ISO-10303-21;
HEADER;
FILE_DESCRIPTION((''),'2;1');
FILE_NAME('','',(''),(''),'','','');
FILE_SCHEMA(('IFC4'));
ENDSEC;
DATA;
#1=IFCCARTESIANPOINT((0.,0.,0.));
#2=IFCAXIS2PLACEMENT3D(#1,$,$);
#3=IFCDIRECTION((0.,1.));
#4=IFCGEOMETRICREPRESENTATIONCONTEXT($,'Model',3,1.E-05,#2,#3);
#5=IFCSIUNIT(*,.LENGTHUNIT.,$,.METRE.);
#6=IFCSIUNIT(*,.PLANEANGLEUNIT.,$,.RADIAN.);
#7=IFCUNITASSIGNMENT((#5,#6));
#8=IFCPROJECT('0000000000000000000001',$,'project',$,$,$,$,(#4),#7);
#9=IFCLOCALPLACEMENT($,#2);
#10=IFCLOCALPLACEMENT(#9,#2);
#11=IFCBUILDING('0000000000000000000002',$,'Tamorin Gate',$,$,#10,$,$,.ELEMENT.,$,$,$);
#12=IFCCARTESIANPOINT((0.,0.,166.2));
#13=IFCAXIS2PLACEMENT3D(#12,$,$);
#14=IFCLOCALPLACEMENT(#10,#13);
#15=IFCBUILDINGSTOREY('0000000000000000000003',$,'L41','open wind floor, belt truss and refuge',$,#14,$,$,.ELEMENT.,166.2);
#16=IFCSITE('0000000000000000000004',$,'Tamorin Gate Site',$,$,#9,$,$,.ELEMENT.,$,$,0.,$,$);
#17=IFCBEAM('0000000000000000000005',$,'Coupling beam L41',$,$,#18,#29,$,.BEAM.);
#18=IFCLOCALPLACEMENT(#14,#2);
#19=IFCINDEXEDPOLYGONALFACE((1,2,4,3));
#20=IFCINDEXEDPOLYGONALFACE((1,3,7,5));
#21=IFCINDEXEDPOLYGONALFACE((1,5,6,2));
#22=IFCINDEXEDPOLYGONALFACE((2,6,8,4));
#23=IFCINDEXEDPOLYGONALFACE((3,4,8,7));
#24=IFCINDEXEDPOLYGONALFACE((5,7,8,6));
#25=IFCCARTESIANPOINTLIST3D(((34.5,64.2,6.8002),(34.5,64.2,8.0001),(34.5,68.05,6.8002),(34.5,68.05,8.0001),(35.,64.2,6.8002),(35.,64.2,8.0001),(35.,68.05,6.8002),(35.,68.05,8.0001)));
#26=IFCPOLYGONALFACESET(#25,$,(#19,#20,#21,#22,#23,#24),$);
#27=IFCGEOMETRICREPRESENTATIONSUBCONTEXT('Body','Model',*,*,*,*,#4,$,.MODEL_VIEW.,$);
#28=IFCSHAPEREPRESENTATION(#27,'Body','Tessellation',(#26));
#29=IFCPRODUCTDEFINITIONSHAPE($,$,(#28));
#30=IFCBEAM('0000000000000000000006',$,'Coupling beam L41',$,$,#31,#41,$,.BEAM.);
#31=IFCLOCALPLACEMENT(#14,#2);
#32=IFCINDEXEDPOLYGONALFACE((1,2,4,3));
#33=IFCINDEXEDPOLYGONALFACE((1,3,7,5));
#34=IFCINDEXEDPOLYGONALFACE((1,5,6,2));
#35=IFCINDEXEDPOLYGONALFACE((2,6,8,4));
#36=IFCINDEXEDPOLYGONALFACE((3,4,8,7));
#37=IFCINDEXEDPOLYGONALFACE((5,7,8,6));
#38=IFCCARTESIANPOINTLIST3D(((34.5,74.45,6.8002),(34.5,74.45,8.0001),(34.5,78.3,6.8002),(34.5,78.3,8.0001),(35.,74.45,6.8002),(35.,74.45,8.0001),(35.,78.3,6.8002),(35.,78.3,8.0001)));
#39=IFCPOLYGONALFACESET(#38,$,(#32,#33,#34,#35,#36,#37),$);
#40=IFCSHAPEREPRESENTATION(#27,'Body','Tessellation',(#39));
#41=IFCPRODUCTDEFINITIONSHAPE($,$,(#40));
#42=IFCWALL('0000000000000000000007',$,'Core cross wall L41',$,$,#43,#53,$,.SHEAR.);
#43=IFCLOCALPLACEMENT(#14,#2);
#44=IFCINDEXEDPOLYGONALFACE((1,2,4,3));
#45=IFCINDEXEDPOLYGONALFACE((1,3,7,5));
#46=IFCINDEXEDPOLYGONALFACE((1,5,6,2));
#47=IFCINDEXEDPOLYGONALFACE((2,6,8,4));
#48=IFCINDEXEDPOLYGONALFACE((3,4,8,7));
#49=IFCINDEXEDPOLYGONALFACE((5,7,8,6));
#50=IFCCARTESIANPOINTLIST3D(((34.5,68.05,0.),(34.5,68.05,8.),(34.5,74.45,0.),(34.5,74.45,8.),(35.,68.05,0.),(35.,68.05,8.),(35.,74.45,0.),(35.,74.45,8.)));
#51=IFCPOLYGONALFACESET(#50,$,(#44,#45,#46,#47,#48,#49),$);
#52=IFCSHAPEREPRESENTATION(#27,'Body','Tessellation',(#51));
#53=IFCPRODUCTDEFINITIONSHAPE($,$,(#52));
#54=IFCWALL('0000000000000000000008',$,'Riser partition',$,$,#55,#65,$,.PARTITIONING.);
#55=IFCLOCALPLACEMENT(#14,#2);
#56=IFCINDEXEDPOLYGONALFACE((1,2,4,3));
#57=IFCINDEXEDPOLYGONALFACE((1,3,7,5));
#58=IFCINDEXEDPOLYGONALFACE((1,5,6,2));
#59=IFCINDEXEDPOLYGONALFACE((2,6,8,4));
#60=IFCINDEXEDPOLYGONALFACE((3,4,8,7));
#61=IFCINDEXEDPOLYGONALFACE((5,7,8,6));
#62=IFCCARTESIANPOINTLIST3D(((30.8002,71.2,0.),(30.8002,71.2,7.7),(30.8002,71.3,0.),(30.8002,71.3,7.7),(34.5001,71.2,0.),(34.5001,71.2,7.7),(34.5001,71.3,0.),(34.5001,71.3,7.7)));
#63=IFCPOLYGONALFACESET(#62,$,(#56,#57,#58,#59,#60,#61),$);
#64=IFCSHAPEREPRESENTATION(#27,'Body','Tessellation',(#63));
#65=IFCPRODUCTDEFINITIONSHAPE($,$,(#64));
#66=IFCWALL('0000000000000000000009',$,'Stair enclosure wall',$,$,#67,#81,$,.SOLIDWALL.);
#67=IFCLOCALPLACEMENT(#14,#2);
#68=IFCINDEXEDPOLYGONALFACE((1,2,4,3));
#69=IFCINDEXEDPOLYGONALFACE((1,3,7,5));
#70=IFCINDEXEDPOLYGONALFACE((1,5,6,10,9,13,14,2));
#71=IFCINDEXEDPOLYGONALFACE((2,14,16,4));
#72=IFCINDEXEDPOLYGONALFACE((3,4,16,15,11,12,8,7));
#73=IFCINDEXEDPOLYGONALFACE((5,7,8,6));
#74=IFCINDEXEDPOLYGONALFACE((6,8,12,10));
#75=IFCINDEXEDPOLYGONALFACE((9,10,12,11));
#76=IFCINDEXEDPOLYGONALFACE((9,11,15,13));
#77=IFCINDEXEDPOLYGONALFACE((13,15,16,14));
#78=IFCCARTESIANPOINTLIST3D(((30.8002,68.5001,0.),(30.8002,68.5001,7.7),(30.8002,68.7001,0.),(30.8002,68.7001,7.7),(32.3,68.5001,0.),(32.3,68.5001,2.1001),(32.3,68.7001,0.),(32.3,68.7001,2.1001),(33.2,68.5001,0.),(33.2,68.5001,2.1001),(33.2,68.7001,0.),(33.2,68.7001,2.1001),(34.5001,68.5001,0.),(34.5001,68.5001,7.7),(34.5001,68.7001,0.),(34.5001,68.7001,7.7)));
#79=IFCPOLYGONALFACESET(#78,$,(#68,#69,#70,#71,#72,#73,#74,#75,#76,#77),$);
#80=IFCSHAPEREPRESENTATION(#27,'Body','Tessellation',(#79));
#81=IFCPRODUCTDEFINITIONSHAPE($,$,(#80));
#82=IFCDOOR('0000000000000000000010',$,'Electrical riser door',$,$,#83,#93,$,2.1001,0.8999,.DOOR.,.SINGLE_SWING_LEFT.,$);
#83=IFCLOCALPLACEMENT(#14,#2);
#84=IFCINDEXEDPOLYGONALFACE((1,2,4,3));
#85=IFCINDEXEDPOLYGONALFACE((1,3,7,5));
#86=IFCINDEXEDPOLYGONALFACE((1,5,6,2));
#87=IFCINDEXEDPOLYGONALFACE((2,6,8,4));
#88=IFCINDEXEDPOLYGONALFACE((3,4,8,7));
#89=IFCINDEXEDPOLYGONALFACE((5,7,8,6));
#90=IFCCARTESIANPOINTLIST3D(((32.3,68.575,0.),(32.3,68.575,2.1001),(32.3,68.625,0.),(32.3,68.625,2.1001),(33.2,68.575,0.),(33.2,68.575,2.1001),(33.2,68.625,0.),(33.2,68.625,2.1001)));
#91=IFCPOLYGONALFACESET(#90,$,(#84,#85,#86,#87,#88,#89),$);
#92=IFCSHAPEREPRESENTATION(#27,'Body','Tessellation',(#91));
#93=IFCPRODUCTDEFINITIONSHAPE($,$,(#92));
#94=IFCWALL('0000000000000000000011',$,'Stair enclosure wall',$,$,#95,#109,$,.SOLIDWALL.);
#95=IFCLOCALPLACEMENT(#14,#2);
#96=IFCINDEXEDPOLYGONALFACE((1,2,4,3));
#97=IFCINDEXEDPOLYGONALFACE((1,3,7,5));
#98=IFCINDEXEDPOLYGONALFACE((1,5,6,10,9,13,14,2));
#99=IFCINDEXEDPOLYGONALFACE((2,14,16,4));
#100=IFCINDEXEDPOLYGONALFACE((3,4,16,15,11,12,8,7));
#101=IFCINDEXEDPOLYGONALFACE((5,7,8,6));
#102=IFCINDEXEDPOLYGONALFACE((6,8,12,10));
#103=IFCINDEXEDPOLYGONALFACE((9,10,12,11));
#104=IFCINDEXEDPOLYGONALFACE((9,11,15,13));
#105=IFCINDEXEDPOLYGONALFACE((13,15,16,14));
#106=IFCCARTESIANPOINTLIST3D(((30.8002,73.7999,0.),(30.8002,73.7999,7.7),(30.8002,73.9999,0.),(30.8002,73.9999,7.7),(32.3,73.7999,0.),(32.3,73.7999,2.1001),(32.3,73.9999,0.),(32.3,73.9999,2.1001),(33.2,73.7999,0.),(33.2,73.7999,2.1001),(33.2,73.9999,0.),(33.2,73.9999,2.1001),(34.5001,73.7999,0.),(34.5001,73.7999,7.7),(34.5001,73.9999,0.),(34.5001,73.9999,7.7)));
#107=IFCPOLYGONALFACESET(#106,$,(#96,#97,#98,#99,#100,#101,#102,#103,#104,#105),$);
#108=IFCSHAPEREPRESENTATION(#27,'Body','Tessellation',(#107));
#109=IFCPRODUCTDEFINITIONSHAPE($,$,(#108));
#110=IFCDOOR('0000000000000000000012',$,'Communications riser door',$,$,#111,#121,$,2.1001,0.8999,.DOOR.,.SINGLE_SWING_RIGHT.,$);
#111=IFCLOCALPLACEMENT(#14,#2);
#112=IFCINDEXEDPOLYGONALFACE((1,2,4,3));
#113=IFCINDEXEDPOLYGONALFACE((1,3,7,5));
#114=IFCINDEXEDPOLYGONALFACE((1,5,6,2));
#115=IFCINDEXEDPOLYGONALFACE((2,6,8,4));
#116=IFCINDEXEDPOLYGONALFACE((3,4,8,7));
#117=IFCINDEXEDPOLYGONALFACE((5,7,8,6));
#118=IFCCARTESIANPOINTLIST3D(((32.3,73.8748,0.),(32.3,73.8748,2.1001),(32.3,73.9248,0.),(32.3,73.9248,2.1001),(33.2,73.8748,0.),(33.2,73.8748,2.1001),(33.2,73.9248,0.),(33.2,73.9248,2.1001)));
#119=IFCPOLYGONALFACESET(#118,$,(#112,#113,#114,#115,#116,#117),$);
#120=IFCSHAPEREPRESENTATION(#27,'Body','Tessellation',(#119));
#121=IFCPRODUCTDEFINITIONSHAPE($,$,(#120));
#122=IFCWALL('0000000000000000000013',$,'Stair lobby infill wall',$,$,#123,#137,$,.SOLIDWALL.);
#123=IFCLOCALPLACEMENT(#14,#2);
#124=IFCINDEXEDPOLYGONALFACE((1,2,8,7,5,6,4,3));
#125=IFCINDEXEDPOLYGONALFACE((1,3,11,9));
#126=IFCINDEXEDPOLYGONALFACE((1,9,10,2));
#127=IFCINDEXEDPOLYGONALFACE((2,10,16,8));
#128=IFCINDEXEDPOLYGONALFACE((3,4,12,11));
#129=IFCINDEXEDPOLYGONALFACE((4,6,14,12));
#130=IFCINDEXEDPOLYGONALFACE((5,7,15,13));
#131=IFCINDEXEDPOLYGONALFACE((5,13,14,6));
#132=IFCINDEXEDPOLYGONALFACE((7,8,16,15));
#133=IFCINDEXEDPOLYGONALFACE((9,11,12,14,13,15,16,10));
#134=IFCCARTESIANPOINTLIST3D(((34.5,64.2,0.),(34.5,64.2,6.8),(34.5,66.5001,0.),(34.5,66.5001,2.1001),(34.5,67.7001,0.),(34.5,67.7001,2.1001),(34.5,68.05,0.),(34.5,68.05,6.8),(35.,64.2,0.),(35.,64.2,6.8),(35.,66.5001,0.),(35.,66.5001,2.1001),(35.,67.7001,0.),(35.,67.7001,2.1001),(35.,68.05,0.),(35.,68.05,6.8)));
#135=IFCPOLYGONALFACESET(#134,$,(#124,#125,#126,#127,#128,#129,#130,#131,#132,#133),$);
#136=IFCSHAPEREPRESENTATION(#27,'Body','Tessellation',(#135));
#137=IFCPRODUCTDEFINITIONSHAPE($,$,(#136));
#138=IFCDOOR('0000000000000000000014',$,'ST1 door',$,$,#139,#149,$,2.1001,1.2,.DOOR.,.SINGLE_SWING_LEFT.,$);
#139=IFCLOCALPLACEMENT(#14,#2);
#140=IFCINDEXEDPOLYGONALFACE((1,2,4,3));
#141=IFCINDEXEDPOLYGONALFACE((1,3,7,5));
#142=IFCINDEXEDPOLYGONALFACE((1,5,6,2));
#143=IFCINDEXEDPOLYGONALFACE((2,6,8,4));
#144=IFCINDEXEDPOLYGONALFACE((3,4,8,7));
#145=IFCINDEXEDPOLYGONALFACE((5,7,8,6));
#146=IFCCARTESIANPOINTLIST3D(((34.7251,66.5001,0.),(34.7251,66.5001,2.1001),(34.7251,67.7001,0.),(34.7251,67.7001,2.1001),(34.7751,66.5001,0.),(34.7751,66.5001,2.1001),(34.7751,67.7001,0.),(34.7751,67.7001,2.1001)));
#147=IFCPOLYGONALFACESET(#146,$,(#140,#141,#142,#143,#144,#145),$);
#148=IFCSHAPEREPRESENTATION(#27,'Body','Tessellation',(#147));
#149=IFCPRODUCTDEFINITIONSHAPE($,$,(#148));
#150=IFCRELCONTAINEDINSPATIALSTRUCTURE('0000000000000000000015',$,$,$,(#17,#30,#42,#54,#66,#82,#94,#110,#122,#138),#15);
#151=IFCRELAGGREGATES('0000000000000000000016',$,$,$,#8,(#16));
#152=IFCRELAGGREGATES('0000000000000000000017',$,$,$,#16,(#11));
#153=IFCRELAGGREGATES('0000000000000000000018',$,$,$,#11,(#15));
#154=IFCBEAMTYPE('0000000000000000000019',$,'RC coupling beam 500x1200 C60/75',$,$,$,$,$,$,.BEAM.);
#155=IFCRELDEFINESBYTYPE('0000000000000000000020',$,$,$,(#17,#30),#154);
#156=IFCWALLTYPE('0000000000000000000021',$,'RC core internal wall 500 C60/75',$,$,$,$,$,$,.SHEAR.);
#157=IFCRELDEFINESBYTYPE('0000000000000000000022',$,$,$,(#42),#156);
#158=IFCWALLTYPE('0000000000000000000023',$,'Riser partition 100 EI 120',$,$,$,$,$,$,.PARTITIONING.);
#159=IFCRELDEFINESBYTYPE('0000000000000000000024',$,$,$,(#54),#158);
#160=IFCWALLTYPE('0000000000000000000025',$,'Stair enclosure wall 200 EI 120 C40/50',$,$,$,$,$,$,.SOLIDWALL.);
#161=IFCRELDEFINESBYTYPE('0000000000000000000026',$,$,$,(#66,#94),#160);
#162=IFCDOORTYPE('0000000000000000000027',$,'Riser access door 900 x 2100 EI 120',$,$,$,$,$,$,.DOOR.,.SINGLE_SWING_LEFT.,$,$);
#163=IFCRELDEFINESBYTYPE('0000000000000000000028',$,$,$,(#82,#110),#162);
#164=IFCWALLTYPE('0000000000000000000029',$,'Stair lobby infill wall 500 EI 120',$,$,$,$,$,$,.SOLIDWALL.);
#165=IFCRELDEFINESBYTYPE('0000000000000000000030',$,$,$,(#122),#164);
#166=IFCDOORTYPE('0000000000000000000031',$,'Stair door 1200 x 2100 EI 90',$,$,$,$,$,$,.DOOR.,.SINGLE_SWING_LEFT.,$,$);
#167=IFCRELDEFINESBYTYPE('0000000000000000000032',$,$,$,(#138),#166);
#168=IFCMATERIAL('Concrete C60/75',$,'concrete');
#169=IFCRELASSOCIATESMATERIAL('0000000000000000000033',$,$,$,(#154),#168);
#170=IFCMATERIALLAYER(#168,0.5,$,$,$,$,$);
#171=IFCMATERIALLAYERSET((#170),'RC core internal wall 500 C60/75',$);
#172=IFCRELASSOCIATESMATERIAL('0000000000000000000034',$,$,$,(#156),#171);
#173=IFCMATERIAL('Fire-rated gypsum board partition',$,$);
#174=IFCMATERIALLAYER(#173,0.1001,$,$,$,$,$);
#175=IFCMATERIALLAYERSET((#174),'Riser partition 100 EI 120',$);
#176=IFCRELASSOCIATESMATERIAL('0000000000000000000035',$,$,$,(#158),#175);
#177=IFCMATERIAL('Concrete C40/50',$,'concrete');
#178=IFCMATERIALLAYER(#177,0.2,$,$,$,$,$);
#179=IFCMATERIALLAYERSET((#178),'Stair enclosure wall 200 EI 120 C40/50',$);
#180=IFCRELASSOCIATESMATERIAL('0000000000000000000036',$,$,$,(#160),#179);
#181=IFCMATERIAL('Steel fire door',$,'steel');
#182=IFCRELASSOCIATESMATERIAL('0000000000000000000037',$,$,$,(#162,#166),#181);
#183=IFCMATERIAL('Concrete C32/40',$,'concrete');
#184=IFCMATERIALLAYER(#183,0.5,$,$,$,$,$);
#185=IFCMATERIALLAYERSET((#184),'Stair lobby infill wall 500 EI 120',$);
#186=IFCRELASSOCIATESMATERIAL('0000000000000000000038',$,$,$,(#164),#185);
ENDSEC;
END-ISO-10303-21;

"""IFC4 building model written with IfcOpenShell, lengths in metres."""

from ifc_helpers import new_model, si_unit, direction, frame, frame_2d, origin, origin_2d, place, context, subcontext, project, spatial, rectangle, extrude, material, layer, layer_set, material_profile, profile_set, type_object, element, fill, save


model = new_model("IFC4")

# Units and contexts
model_context = context("Model", 3, precision=1e-05, world=origin(), true_north=direction((0.0, 1.0)))
body_context = subcontext(model_context, "Body", "Model", "MODEL_VIEW")
ifc_project = project(units=[si_unit("LENGTHUNIT", "METRE"), si_unit("PLANEANGLEUNIT", "RADIAN")], contexts=[model_context])

# Site, building, storey
site_placement = place(None, origin())
site = spatial("IfcSite", under=ifc_project, at=site_placement, Name="Tamorin Gate Site", CompositionType="ELEMENT", RefElevation=0.0)
building_placement = place(site_placement, origin())
building = spatial("IfcBuilding", under=site, at=building_placement, Name="Tamorin Gate", CompositionType="ELEMENT")
storey_placement = place(building_placement, frame((0.0, 0.0, 166.2)))
storey = spatial("IfcBuildingStorey", under=building, at=storey_placement, Name="L41", Description="open wind floor, belt truss and refuge", CompositionType="ELEMENT", Elevation=166.2)

# Beams
ifc_material_1 = material(Name="Concrete C60/75", Category="concrete")
ifc_material_profile = material_profile(ifc_material_1, rectangle(XDim=0.5, YDim=1.2, at=origin_2d()), Name="RC 500x1200")
ifc_profile_set = profile_set([ifc_material_profile], Name="Concrete C60/75")
beam_type = type_object("IfcBeamType", Name="RC coupling beam 500x1200 C60/75", PredefinedType="BEAM", material=ifc_profile_set)
for number, where, z_axis, x_axis, name in (
    (1, (34.75, 64.2, 7.4001), (0.0, 1.0, 0.0), (-1.0, 0.0, 0.0), "Coupling beam L41"),
    (2, (34.75, 74.45, 7.4001), (0.0, 1.0, 0.0), (-1.0, 0.0, 0.0), "Coupling beam L41"),
):
    element("IfcBeam", number, at=place(storey_placement, frame(where, z_axis=z_axis, x_axis=x_axis)), inside=storey, type_object=beam_type, Name=name, PredefinedType="BEAM", context=body_context, shape_type="SweptSolid", body=[
        extrude(rectangle(XDim=0.5, YDim=1.2, at=origin_2d()), origin(), (0.0, 0.0, 1.0), 3.8501),
    ])

# Walls
ifc_layer_1 = layer(ifc_material_1, 0.5)
ifc_layer_set_1 = layer_set([ifc_layer_1], Name="RC core internal wall 500 C60/75")
wall_type_1 = type_object("IfcWallType", Name="RC core internal wall 500 C60/75", PredefinedType="SHEAR", material=ifc_layer_set_1)
wall_1_placement = place(storey_placement, frame((34.75, 68.05, 0.0), z_axis=(0.0, 0.0, 1.0), x_axis=(0.0, 1.0, 0.0)))
element("IfcWall", 3, at=wall_1_placement, inside=storey, type_object=wall_type_1, Name="Core cross wall L41", PredefinedType="SHEAR", context=body_context, shape_type="SweptSolid", body=[
    extrude(rectangle(XDim=6.3999, YDim=0.5, at=frame_2d((3.2, 0.0))), origin(), (0.0, 0.0, 1.0), 8.0),
])
ifc_material_2 = material(Name="Fire-rated gypsum board partition")
ifc_layer_2 = layer(ifc_material_2, 0.1001)
ifc_layer_set_2 = layer_set([ifc_layer_2], Name="Riser partition 100 EI 120")
wall_type_2 = type_object("IfcWallType", Name="Riser partition 100 EI 120", PredefinedType="PARTITIONING", material=ifc_layer_set_2)
wall_2_placement = place(storey_placement, frame((30.8, 71.25, 0.0), z_axis=(0.0, 0.0, 1.0), x_axis=(1.0, 0.0, 0.0)))
element("IfcWall", 4, at=wall_2_placement, inside=storey, type_object=wall_type_2, Name="Riser partition", PredefinedType="PARTITIONING", context=body_context, shape_type="SweptSolid", body=[
    extrude(rectangle(XDim=3.7, YDim=0.1001, at=frame_2d((1.8501, 0.0))), origin(), (0.0, 0.0, 1.0), 7.7),
])

# Walls, openings, doors
ifc_material_3 = material(Name="Concrete C40/50", Category="concrete")
ifc_layer_3 = layer(ifc_material_3, 0.2)
ifc_layer_set_3 = layer_set([ifc_layer_3], Name="Stair enclosure wall 200 EI 120 C40/50")
wall_type_3 = type_object("IfcWallType", Name="Stair enclosure wall 200 EI 120 C40/50", PredefinedType="SOLIDWALL", material=ifc_layer_set_3)
wall_3_placement = place(storey_placement, frame((30.8, 68.6001, 0.0), z_axis=(0.0, 0.0, 1.0), x_axis=(1.0, 0.0, 0.0)))
wall_3 = element("IfcWall", 5, at=wall_3_placement, inside=storey, type_object=wall_type_3, Name="Stair enclosure wall", PredefinedType="SOLIDWALL", context=body_context, shape_type="SweptSolid", body=[
    extrude(rectangle(XDim=3.7, YDim=0.2, at=frame_2d((1.8501, 0.0))), origin(), (0.0, 0.0, 1.0), 7.7),
])
opening_1_placement = place(wall_3_placement, frame((1.5, 0.0, 0.0)))
opening_1 = element("IfcOpeningElement", 6, at=opening_1_placement, cuts=wall_3, PredefinedType="OPENING", context=body_context, shape_type="SweptSolid", body=[
    extrude(rectangle(XDim=0.8999, YDim=2.1001, at=frame_2d((0.45, 1.05))), frame((0.0, 0.1099, 0.0), z_axis=(0.0, -1.0, 0.0), x_axis=(1.0, 0.0, 0.0)), (0.0, 0.0, 1.0), 0.22),
])
ifc_material_4 = material(Name="Steel fire door", Category="steel")
door_type_1 = type_object("IfcDoorType", Name="Riser access door 900 x 2100 EI 120", OperationType="SINGLE_SWING_LEFT", PredefinedType="DOOR", material=ifc_material_4)
door_1_placement = place(opening_1_placement, origin())
door_1 = element("IfcDoor", 7, at=door_1_placement, inside=storey, type_object=door_type_1, Name="Electrical riser door", OperationType="SINGLE_SWING_LEFT", OverallHeight=2.1001, OverallWidth=0.8999, PredefinedType="DOOR", context=body_context, shape_type="SweptSolid", body=[
    extrude(rectangle(XDim=0.8999, YDim=2.1001, at=frame_2d((0.45, 1.05))), frame((0.0, 0.0249, 0.0), z_axis=(0.0, -1.0, 0.0), x_axis=(1.0, 0.0, 0.0)), (0.0, 0.0, 1.0), 0.05),
])
fill(opening_1, door_1)
wall_4_placement = place(storey_placement, frame((30.8, 73.8999, 0.0), z_axis=(0.0, 0.0, 1.0), x_axis=(1.0, 0.0, 0.0)))
wall_4 = element("IfcWall", 8, at=wall_4_placement, inside=storey, type_object=wall_type_3, Name="Stair enclosure wall", PredefinedType="SOLIDWALL", context=body_context, shape_type="SweptSolid", body=[
    extrude(rectangle(XDim=3.7, YDim=0.2, at=frame_2d((1.8501, 0.0))), origin(), (0.0, 0.0, 1.0), 7.7),
])
opening_2_placement = place(wall_4_placement, frame((1.5, 0.0, 0.0)))
opening_2 = element("IfcOpeningElement", 9, at=opening_2_placement, cuts=wall_4, PredefinedType="OPENING", context=body_context, shape_type="SweptSolid", body=[
    extrude(rectangle(XDim=0.8999, YDim=2.1001, at=frame_2d((0.45, 1.05))), frame((0.0, 0.1099, 0.0), z_axis=(0.0, -1.0, 0.0), x_axis=(1.0, 0.0, 0.0)), (0.0, 0.0, 1.0), 0.22),
])
door_2_placement = place(opening_2_placement, origin())
door_2 = element("IfcDoor", 10, at=door_2_placement, inside=storey, type_object=door_type_1, Name="Communications riser door", OperationType="SINGLE_SWING_RIGHT", OverallHeight=2.1001, OverallWidth=0.8999, PredefinedType="DOOR", context=body_context, shape_type="SweptSolid", body=[
    extrude(rectangle(XDim=0.8999, YDim=2.1001, at=frame_2d((0.45, 1.05))), frame((0.0, 0.0249, 0.0), z_axis=(0.0, -1.0, 0.0), x_axis=(1.0, 0.0, 0.0)), (0.0, 0.0, 1.0), 0.05),
])
fill(opening_2, door_2)
ifc_material_5 = material(Name="Concrete C32/40", Category="concrete")
ifc_layer_4 = layer(ifc_material_5, 0.5)
ifc_layer_set_4 = layer_set([ifc_layer_4], Name="Stair lobby infill wall 500 EI 120")
wall_type_4 = type_object("IfcWallType", Name="Stair lobby infill wall 500 EI 120", PredefinedType="SOLIDWALL", material=ifc_layer_set_4)
wall_5_placement = place(storey_placement, frame((34.75, 64.2, 0.0), z_axis=(0.0, 0.0, 1.0), x_axis=(0.0, 1.0, 0.0)))
wall_5 = element("IfcWall", 11, at=wall_5_placement, inside=storey, type_object=wall_type_4, Name="Stair lobby infill wall", PredefinedType="SOLIDWALL", context=body_context, shape_type="SweptSolid", body=[
    extrude(rectangle(XDim=3.8501, YDim=0.5, at=frame_2d((1.925, 0.0))), origin(), (0.0, 0.0, 1.0), 6.8),
])
opening_3_placement = place(wall_5_placement, frame((2.3, 0.0, 0.0)))
opening_3 = element("IfcOpeningElement", 12, at=opening_3_placement, cuts=wall_5, PredefinedType="OPENING", context=body_context, shape_type="SweptSolid", body=[
    extrude(rectangle(XDim=1.2, YDim=2.1001, at=frame_2d((0.6001, 1.05))), frame((0.0, 0.26, 0.0), z_axis=(0.0, -1.0, 0.0), x_axis=(1.0, 0.0, 0.0)), (0.0, 0.0, 1.0), 0.52),
])
door_type_2 = type_object("IfcDoorType", Name="Stair door 1200 x 2100 EI 90", OperationType="SINGLE_SWING_LEFT", PredefinedType="DOOR", material=ifc_material_4)
door_3_placement = place(opening_3_placement, origin())
door_3 = element("IfcDoor", 13, at=door_3_placement, inside=storey, type_object=door_type_2, Name="ST1 door", OperationType="SINGLE_SWING_LEFT", OverallHeight=2.1001, OverallWidth=1.2, PredefinedType="DOOR", context=body_context, shape_type="SweptSolid", body=[
    extrude(rectangle(XDim=1.2, YDim=2.1001, at=frame_2d((0.6001, 1.05))), frame((0.0, 0.0249, 0.0), z_axis=(0.0, -1.0, 0.0), x_axis=(1.0, 0.0, 0.0)), (0.0, 0.0, 1.0), 0.05),
])
fill(opening_3, door_3)

save(model, "model.ifc")
